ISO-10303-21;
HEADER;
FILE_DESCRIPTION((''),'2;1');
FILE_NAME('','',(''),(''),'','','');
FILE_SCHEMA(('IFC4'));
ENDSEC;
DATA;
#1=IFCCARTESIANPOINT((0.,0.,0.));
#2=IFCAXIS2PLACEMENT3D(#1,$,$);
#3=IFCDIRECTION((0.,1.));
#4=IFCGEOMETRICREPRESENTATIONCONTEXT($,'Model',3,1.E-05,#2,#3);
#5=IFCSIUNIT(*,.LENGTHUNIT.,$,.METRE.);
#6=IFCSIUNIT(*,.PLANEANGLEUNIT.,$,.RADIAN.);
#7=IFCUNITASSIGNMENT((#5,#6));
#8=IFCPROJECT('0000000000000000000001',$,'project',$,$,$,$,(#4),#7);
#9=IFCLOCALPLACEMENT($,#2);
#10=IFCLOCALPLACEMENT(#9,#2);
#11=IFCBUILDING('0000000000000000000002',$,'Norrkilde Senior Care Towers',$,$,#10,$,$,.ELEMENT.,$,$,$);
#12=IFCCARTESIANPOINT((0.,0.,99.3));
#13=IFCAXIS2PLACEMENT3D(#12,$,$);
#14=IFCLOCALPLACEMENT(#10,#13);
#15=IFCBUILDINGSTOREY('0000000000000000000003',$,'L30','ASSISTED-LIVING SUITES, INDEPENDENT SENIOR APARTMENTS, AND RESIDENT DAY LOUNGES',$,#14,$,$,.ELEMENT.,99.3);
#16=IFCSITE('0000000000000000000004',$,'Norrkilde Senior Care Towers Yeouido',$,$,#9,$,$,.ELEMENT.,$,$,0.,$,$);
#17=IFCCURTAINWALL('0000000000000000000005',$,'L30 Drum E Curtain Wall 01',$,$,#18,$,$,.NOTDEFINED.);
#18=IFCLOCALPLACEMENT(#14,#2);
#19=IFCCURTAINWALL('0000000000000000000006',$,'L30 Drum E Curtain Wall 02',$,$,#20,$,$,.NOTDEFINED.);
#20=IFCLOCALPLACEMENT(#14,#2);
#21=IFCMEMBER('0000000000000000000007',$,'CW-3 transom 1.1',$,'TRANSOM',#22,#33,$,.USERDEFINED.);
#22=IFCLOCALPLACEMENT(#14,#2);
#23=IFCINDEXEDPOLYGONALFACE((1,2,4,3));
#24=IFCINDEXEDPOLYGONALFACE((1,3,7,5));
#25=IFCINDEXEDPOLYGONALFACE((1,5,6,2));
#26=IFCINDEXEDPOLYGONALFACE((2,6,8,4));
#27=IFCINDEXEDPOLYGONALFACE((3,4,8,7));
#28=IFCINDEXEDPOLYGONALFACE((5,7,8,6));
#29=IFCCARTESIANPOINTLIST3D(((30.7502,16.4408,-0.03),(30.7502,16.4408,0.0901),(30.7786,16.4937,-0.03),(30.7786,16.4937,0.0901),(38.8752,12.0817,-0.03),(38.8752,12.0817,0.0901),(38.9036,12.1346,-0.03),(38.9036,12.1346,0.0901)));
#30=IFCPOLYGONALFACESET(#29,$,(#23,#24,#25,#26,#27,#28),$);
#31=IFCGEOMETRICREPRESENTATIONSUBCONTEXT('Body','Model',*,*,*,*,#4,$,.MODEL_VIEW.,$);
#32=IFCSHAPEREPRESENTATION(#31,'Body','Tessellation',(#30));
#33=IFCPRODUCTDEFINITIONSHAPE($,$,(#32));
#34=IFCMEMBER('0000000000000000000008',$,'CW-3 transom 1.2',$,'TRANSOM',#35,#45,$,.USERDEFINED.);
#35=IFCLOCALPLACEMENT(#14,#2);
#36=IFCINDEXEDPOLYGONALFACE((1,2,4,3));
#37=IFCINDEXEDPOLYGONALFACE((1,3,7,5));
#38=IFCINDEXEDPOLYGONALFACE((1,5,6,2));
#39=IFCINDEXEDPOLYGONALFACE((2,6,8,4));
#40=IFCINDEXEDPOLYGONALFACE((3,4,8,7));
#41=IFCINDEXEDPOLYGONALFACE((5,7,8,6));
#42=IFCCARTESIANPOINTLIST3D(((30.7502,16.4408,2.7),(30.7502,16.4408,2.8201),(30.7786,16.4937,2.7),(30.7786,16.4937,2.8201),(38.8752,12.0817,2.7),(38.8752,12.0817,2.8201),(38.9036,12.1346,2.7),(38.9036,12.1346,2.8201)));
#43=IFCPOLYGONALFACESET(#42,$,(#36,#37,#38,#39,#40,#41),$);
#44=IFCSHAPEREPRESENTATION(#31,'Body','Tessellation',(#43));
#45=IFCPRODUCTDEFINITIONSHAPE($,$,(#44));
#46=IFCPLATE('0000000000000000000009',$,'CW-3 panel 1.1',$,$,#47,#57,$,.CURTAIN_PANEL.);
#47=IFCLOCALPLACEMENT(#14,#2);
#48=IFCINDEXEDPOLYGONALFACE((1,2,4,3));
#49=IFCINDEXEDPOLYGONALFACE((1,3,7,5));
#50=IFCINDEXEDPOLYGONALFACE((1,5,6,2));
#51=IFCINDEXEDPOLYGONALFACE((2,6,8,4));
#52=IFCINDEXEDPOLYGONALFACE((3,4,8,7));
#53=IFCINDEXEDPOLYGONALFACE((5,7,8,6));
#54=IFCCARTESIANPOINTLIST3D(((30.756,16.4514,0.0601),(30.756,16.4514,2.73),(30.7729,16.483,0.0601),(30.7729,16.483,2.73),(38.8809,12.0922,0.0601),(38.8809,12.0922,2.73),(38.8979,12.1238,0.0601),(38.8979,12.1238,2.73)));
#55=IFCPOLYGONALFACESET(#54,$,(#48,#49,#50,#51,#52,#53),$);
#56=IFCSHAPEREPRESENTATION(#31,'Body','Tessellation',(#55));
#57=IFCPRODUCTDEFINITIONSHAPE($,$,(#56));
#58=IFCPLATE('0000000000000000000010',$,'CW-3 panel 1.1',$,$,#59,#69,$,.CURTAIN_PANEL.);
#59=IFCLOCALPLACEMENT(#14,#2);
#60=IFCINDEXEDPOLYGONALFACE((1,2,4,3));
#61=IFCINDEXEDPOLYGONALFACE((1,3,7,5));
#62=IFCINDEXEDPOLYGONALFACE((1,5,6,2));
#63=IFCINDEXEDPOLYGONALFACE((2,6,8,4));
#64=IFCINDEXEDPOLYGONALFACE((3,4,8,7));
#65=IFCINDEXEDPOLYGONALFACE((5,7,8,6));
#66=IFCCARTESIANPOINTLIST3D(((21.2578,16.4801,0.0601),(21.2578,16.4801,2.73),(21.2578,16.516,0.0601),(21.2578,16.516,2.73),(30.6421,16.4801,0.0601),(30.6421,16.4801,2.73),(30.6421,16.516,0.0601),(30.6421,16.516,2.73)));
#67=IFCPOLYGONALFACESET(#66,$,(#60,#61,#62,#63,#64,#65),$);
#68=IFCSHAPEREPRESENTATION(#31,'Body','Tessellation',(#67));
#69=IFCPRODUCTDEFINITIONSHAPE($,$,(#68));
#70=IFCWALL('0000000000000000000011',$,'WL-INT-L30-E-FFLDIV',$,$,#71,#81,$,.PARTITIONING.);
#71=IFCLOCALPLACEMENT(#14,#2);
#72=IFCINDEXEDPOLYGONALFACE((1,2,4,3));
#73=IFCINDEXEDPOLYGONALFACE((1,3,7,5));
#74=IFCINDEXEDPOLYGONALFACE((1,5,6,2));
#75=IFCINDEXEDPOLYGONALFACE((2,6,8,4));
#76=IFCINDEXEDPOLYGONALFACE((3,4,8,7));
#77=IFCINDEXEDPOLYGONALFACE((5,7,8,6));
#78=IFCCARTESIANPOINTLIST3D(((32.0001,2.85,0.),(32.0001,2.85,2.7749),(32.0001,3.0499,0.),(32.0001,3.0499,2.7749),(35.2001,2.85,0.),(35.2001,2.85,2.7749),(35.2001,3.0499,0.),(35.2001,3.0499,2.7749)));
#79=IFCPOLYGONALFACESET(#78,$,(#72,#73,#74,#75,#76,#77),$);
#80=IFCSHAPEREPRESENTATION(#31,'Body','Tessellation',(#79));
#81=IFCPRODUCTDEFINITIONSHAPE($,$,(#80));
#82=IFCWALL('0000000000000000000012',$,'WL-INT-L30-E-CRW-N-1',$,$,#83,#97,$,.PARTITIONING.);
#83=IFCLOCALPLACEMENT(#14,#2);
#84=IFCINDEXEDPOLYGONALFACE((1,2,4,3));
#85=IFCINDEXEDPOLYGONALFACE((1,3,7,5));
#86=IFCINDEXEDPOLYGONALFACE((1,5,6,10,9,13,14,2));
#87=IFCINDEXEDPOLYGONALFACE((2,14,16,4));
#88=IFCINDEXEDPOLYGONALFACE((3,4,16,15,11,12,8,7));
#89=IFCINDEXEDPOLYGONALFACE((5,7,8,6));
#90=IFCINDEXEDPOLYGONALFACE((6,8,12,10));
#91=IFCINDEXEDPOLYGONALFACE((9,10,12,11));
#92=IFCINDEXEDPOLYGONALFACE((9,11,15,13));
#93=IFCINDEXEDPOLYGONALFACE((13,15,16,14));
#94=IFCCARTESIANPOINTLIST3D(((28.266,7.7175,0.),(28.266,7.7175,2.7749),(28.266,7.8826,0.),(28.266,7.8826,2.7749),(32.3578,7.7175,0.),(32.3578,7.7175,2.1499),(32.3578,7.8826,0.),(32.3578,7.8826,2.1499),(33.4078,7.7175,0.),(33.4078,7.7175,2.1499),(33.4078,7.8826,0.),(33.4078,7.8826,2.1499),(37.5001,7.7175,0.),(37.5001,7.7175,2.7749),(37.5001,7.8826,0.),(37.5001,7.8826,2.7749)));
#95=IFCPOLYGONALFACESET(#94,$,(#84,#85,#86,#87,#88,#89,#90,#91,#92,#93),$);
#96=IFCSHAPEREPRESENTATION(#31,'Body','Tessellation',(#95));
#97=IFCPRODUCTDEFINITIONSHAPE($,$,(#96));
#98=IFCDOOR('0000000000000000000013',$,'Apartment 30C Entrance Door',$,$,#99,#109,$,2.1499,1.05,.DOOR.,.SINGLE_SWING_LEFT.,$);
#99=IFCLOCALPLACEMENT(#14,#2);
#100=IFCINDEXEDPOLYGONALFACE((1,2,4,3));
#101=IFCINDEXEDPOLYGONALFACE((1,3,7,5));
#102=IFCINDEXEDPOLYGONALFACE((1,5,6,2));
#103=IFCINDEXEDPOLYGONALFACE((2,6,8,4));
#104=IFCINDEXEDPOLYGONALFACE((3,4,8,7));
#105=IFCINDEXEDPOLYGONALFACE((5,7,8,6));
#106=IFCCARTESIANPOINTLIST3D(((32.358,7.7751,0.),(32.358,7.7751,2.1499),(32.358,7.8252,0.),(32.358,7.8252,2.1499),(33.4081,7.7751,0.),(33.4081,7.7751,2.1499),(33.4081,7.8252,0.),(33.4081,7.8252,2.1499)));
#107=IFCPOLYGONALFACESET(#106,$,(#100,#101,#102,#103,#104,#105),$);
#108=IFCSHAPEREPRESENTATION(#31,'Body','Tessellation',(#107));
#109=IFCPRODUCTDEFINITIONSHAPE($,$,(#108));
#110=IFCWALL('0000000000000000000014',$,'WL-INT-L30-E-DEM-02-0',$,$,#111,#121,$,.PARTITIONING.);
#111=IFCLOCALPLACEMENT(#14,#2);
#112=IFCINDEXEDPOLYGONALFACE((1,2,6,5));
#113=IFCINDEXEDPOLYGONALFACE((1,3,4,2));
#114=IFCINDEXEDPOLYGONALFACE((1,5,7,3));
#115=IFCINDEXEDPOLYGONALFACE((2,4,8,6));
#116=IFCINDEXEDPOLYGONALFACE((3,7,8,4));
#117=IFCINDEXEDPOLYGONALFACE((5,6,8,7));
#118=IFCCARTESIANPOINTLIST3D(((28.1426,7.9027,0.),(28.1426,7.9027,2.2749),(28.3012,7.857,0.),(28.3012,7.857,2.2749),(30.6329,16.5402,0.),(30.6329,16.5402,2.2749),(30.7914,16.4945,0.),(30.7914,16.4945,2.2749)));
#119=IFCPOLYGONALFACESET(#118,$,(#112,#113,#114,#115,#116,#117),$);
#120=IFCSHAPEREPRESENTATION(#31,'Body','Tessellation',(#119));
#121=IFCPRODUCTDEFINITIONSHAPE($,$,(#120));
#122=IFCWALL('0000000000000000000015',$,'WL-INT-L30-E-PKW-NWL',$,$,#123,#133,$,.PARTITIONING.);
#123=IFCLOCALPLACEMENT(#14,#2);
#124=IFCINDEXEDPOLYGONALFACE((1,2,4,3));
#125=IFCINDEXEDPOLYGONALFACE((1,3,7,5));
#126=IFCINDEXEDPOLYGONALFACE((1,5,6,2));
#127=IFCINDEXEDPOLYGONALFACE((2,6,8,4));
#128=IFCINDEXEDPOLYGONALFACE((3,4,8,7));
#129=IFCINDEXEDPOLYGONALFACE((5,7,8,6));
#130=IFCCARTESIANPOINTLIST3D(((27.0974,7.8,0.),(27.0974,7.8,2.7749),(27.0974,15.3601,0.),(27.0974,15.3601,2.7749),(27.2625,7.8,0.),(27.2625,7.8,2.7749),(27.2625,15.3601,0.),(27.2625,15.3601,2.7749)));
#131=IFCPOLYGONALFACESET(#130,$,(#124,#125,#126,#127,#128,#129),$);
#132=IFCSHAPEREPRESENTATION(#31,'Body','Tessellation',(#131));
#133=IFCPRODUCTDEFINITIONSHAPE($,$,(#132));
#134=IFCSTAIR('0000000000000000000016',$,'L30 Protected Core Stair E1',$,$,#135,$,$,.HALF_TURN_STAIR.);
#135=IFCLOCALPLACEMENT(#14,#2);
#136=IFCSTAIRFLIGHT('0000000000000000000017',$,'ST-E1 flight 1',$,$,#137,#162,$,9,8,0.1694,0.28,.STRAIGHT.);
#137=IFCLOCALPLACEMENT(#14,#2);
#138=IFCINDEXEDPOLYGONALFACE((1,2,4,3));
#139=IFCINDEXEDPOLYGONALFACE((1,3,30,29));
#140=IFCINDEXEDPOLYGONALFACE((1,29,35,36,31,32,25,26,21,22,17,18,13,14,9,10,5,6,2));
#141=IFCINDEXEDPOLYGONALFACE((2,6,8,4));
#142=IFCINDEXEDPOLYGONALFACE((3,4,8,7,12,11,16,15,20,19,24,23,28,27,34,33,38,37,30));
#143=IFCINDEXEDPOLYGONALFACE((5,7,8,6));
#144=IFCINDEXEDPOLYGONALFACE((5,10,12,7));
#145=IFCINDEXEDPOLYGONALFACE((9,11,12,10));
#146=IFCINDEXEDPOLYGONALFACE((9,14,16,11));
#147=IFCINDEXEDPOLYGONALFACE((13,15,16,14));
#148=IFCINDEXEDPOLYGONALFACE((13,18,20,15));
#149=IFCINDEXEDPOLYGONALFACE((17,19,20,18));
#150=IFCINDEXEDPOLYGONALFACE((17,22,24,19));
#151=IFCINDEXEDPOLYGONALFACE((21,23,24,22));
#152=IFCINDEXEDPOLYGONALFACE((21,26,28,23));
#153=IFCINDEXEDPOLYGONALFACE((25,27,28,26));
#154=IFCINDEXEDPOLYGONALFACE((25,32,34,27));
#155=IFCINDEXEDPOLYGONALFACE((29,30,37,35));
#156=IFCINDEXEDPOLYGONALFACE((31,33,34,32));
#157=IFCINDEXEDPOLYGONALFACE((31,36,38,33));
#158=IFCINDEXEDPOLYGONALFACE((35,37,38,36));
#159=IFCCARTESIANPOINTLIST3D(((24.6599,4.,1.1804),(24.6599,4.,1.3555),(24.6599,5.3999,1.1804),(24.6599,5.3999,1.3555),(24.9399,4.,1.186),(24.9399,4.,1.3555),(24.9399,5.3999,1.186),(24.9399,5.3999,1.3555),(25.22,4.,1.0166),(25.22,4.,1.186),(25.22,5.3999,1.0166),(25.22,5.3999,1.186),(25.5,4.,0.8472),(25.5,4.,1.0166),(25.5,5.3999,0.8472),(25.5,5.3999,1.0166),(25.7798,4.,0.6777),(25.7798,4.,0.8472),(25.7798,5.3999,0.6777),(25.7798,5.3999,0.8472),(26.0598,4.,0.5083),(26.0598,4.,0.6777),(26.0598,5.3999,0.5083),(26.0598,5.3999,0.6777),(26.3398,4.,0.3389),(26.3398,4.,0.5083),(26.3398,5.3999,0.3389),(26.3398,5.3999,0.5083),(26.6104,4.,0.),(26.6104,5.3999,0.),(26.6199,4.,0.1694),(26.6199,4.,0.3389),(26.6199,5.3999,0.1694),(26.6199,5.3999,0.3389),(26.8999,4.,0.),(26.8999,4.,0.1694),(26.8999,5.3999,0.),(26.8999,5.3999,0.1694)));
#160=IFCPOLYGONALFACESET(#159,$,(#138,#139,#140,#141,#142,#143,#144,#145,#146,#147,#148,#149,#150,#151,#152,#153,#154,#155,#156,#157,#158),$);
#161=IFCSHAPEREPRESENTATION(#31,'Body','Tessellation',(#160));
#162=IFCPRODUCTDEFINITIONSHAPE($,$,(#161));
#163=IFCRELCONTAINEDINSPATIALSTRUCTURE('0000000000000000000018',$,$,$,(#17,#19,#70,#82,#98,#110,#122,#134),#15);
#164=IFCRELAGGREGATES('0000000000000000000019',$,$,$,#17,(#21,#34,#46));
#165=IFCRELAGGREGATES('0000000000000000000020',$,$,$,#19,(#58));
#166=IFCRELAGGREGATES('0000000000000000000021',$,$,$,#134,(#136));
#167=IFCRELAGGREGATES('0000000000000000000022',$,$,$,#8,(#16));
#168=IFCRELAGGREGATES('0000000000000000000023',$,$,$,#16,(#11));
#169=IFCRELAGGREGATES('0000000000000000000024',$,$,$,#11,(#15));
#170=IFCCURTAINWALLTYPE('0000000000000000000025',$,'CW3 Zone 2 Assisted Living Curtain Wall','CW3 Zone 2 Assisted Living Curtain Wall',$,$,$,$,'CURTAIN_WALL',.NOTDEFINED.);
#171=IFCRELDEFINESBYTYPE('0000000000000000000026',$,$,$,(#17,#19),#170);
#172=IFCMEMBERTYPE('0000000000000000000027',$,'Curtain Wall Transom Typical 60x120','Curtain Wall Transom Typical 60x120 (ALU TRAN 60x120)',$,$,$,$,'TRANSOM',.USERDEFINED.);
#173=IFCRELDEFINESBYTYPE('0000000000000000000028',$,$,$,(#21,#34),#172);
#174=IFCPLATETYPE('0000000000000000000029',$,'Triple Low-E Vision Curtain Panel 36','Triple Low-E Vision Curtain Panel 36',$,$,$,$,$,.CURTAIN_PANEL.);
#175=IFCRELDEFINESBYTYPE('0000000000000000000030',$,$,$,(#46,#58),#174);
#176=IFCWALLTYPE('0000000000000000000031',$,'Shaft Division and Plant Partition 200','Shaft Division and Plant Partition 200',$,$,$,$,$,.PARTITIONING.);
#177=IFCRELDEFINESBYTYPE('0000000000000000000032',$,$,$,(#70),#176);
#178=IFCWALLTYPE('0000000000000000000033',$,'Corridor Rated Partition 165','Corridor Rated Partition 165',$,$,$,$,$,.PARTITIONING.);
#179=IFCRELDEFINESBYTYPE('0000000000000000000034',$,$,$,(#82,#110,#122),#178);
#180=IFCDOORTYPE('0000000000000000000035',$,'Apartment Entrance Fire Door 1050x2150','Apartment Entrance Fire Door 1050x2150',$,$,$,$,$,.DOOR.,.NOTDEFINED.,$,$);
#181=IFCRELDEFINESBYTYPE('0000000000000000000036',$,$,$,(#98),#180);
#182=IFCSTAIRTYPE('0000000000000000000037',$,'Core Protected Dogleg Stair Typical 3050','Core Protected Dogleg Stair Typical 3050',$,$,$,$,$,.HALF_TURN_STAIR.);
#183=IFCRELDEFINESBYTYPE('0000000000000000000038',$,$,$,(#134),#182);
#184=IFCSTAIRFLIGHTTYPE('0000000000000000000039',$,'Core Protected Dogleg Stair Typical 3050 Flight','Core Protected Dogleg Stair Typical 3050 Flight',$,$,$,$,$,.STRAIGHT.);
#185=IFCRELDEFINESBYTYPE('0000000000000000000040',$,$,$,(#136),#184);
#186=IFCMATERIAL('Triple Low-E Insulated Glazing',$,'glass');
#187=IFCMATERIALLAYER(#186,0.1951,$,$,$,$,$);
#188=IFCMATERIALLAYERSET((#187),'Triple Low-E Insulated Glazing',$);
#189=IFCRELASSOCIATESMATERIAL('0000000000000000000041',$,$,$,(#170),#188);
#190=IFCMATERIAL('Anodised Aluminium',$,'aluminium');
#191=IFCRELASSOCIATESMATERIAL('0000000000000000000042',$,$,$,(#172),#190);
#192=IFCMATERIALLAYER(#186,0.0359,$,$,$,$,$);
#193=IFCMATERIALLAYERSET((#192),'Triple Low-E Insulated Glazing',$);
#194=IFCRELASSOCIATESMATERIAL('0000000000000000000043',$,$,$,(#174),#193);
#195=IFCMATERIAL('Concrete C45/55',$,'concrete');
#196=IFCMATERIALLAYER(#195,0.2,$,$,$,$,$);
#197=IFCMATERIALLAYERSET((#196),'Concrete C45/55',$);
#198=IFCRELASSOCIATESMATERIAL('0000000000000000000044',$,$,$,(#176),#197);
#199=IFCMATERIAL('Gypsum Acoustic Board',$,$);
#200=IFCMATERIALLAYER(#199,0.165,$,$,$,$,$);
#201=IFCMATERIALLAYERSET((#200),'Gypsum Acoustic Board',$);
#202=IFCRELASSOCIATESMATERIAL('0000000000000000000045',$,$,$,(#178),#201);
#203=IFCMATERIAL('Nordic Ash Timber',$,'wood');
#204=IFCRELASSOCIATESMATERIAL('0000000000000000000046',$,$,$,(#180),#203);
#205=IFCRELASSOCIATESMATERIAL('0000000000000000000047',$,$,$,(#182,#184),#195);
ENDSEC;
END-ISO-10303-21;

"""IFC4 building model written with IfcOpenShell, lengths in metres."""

from ifc_helpers import new_model, si_unit, direction, frame, frame_2d, origin, origin_2d, place, context, subcontext, project, spatial, polyline, rectangle, outline, extrude, source, transform, mapped, material, layer, layer_set, material_profile, profile_set, type_object, type_shapes, element, fill, aggregate, save


model = new_model("IFC4")

# Units and contexts
model_context = context("Model", 3, precision=1e-05, world=origin(), true_north=direction((0.0, 1.0)))
body_context = subcontext(model_context, "Body", "Model", "MODEL_VIEW")
ifc_project = project(units=[si_unit("LENGTHUNIT", "METRE"), si_unit("PLANEANGLEUNIT", "RADIAN")], contexts=[model_context])

# Site, building, storey
site_placement = place(None, origin())
site = spatial("IfcSite", under=ifc_project, at=site_placement, Name="Norrkilde Senior Care Towers Yeouido", CompositionType="ELEMENT", RefElevation=0.0)
building_placement = place(site_placement, origin())
building = spatial("IfcBuilding", under=site, at=building_placement, Name="Norrkilde Senior Care Towers", CompositionType="ELEMENT")
storey_placement = place(building_placement, frame((0.0, 0.0, 99.3)))
storey = spatial("IfcBuildingStorey", under=building, at=storey_placement, Name="L30", Description="ASSISTED-LIVING SUITES, INDEPENDENT SENIOR APARTMENTS, AND RESIDENT DAY LOUNGES", CompositionType="ELEMENT", Elevation=99.3)

# Curtain walls
ifc_material_1 = material(Name="Triple Low-E Insulated Glazing", Category="glass")
ifc_layer_1 = layer(ifc_material_1, 0.1951)
ifc_layer_set_1 = layer_set([ifc_layer_1], Name="Triple Low-E Insulated Glazing")
curtain_wall_type = type_object("IfcCurtainWallType", Name="CW3 Zone 2 Assisted Living Curtain Wall", Description="CW3 Zone 2 Assisted Living Curtain Wall", ElementType="CURTAIN_WALL", PredefinedType="NOTDEFINED", material=ifc_layer_set_1)
curtain_wall_1_placement = place(storey_placement, origin())
curtain_wall_1 = element("IfcCurtainWall", 1, at=curtain_wall_1_placement, inside=storey, type_object=curtain_wall_type, Name="L30 Drum E Curtain Wall 01", PredefinedType="NOTDEFINED")
ifc_material_2 = material(Name="Anodised Aluminium", Category="aluminium")
curtain_wall_2_placement = place(storey_placement, origin())
curtain_wall_2 = element("IfcCurtainWall", 2, at=curtain_wall_2_placement, inside=storey, type_object=curtain_wall_type, Name="L30 Drum E Curtain Wall 02", PredefinedType="NOTDEFINED")

# Members
ifc_material_profile_1 = material_profile(ifc_material_2, rectangle(XDim=0.0601, YDim=0.1201, at=origin_2d()), Name="ALU TRAN 60x120")
ifc_profile_set_1 = profile_set([ifc_material_profile_1], Name="Anodised Aluminium")
member_type_1 = type_object("IfcMemberType", Name="Curtain Wall Transom Typical 60x120", Description="Curtain Wall Transom Typical 60x120 (ALU TRAN 60x120)", ElementType="TRANSOM", PredefinedType="USERDEFINED", material=ifc_profile_set_1)
shared_shape_1 = source(origin(), body_context, "Body", "SweptSolid", [
    extrude(rectangle(XDim=0.0601, YDim=0.1201, at=origin_2d()), origin(), (0.0, 0.0, 1.0), 9.2205),
])
type_shapes(member_type_1, [shared_shape_1])
member_1_placement = place(storey_placement, frame((30.7644, 16.4673, 0.03), z_axis=(0.881189, -0.472765, 0.0), x_axis=(0.472765, 0.881189, 0.0)))
member_1 = element("IfcMember", 3, at=member_1_placement, type_object=member_type_1, Name="CW-3 transom 1.1", ObjectType="TRANSOM", PredefinedType="USERDEFINED", context=body_context, shape_type="MappedRepresentation", body=[
    mapped(shared_shape_1, transform((0.0, 0.0, 0.0), x_axis=(1.0, 0.0, 0.0), y_axis=(0.0, 1.0, 0.0), z_axis=(0.0, 0.0, 1.0), scale=1.0)),
])
member_2_placement = place(storey_placement, frame((30.7644, 16.4673, 2.76), z_axis=(0.881189, -0.472765, 0.0), x_axis=(0.472765, 0.881189, 0.0)))
member_2 = element("IfcMember", 4, at=member_2_placement, type_object=member_type_1, Name="CW-3 transom 1.2", ObjectType="TRANSOM", PredefinedType="USERDEFINED", context=body_context, shape_type="MappedRepresentation", body=[
    mapped(shared_shape_1, transform((0.0, 0.0, 0.0), x_axis=(1.0, 0.0, 0.0), y_axis=(0.0, 1.0, 0.0), z_axis=(0.0, 0.0, 1.0), scale=1.0)),
])

# Plates
ifc_layer_2 = layer(ifc_material_1, 0.0359)
ifc_layer_set_2 = layer_set([ifc_layer_2], Name="Triple Low-E Insulated Glazing")
plate_type = type_object("IfcPlateType", Name="Triple Low-E Vision Curtain Panel 36", Description="Triple Low-E Vision Curtain Panel 36", PredefinedType="CURTAIN_PANEL", material=ifc_layer_set_2)
shared_shape_2 = source(origin(), body_context, "Body", "SweptSolid", [
    extrude(rectangle(XDim=9.2205, YDim=0.0359, at=origin_2d()), origin(), (0.0, 0.0, 1.0), 2.6699),
])
plate_1_placement = place(storey_placement, frame((34.8269, 14.2876, 0.0601), z_axis=(0.0, 0.0, 1.0), x_axis=(0.881186, -0.472769, 0.0)))
plate_1 = element("IfcPlate", 5, at=plate_1_placement, type_object=plate_type, Name="CW-3 panel 1.1", PredefinedType="CURTAIN_PANEL", context=body_context, shape_type="MappedRepresentation", body=[
    mapped(shared_shape_2, transform((0.0, 0.0, 0.0), x_axis=(1.0, 0.0, 0.0), y_axis=(0.0, 1.0, 0.0), z_axis=(0.0, 0.0, 1.0), scale=1.0)),
])
aggregate(curtain_wall_1, [member_1, member_2, plate_1])
shared_shape_3 = source(origin(), body_context, "Body", "SweptSolid", [
    extrude(rectangle(XDim=9.3843, YDim=0.0359, at=origin_2d()), origin(), (0.0, 0.0, 1.0), 2.6699),
])
type_shapes(plate_type, [shared_shape_2, shared_shape_3])
plate_2_placement = place(storey_placement, frame((25.95, 16.498, 0.0601), z_axis=(0.0, 0.0, 1.0), x_axis=(1.0, 0.0, 0.0)))
plate_2 = element("IfcPlate", 6, at=plate_2_placement, type_object=plate_type, Name="CW-3 panel 1.1", PredefinedType="CURTAIN_PANEL", context=body_context, shape_type="MappedRepresentation", body=[
    mapped(shared_shape_3, transform((0.0, 0.0, 0.0), x_axis=(1.0, 0.0, 0.0), y_axis=(0.0, 1.0, 0.0), z_axis=(0.0, 0.0, 1.0), scale=1.0)),
])
aggregate(curtain_wall_2, [plate_2])

# Wall
ifc_material_3 = material(Name="Concrete C45/55", Category="concrete")
ifc_layer_3 = layer(ifc_material_3, 0.2)
ifc_layer_set_3 = layer_set([ifc_layer_3], Name="Concrete C45/55")
wall_type_1 = type_object("IfcWallType", Name="Shaft Division and Plant Partition 200", Description="Shaft Division and Plant Partition 200", PredefinedType="PARTITIONING", material=ifc_layer_set_3)
shared_shape_4 = source(origin(), body_context, "Body", "SweptSolid", [
    extrude(rectangle(XDim=3.2, YDim=0.2, at=frame_2d((1.6001, 0.0))), origin(), (0.0, 0.0, 1.0), 2.7749),
])
type_shapes(wall_type_1, [shared_shape_4])
wall_1_placement = place(storey_placement, frame((32.0, 2.95, 0.0), z_axis=(0.0, 0.0, 1.0), x_axis=(1.0, 0.0, 0.0)))
element("IfcWall", 7, at=wall_1_placement, inside=storey, type_object=wall_type_1, Name="WL-INT-L30-E-FFLDIV", PredefinedType="PARTITIONING", context=body_context, shape_type="MappedRepresentation", body=[
    mapped(shared_shape_4, transform((0.0, 0.0, 0.0), x_axis=(1.0, 0.0, 0.0), y_axis=(0.0, 1.0, 0.0), z_axis=(0.0, 0.0, 1.0), scale=1.0)),
])

# Wall, opening, door
ifc_material_4 = material(Name="Gypsum Acoustic Board")
ifc_layer_4 = layer(ifc_material_4, 0.165)
ifc_layer_set_4 = layer_set([ifc_layer_4], Name="Gypsum Acoustic Board")
wall_type_2 = type_object("IfcWallType", Name="Corridor Rated Partition 165", Description="Corridor Rated Partition 165", PredefinedType="PARTITIONING", material=ifc_layer_set_4)
shared_shape_5 = source(origin(), body_context, "Body", "SweptSolid", [
    extrude(rectangle(XDim=9.2341, YDim=0.165, at=frame_2d((4.6172, 0.0))), origin(), (0.0, 0.0, 1.0), 2.7749),
])
wall_2_placement = place(storey_placement, frame((28.2659, 7.8, 0.0), z_axis=(0.0, 0.0, 1.0), x_axis=(1.0, 0.0, 0.0)))
wall_2 = element("IfcWall", 8, at=wall_2_placement, inside=storey, type_object=wall_type_2, Name="WL-INT-L30-E-CRW-N-1", PredefinedType="PARTITIONING", context=body_context, shape_type="MappedRepresentation", body=[
    mapped(shared_shape_5, transform((0.0, 0.0, 0.0), x_axis=(1.0, 0.0, 0.0), y_axis=(0.0, 1.0, 0.0), z_axis=(0.0, 0.0, 1.0), scale=1.0)),
])
opening_1_placement = place(wall_2_placement, frame((4.092, 0.0, 0.0)))
opening_1 = element("IfcOpeningElement", 9, at=opening_1_placement, cuts=wall_2, PredefinedType="OPENING", context=body_context, shape_type="SweptSolid", body=[
    extrude(rectangle(XDim=1.05, YDim=2.1499, at=frame_2d((0.5249, 1.075))), frame((0.0, 0.0925, 0.0), z_axis=(0.0, -1.0, 0.0), x_axis=(1.0, 0.0, 0.0)), (0.0, 0.0, 1.0), 0.1851),
])
ifc_material_5 = material(Name="Nordic Ash Timber", Category="wood")
door_type_1 = type_object("IfcDoorType", Name="Apartment Entrance Fire Door 1050x2150", Description="Apartment Entrance Fire Door 1050x2150", OperationType="NOTDEFINED", PredefinedType="DOOR", material=ifc_material_5)
shared_shape_6 = source(origin(), body_context, "Body", "SweptSolid", [
    extrude(rectangle(XDim=1.05, YDim=2.1499, at=frame_2d((0.5249, 1.075))), frame((0.0, 0.0249, 0.0), z_axis=(0.0, -1.0, 0.0), x_axis=(1.0, 0.0, 0.0)), (0.0, 0.0, 1.0), 0.05),
])
type_shapes(door_type_1, [shared_shape_6])
door_1_placement = place(opening_1_placement, frame((1.05, 0.0, 0.0), z_axis=(0.0, 0.0, 1.0), x_axis=(-1.0, 0.0, 0.0)))
door_1 = element("IfcDoor", 10, at=door_1_placement, inside=storey, type_object=door_type_1, Name="Apartment 30C Entrance Door", OperationType="SINGLE_SWING_LEFT", OverallHeight=2.1499, OverallWidth=1.05, PredefinedType="DOOR", context=body_context, shape_type="MappedRepresentation", body=[
    mapped(shared_shape_6, transform((0.0, 0.0, 0.0), x_axis=(1.0, 0.0, 0.0), y_axis=(0.0, 1.0, 0.0), z_axis=(0.0, 0.0, 1.0), scale=1.0)),
])
fill(opening_1, door_1)

# Walls
shared_shape_7 = source(origin(), body_context, "Body", "SweptSolid", [
    extrude(rectangle(XDim=8.9893, YDim=0.165, at=frame_2d((4.4946, 0.0))), origin(), (0.0, 0.0, 1.0), 2.2749),
])
wall_3_placement = place(storey_placement, frame((28.2219, 7.8799, 0.0), z_axis=(0.0, 0.0, 1.0), x_axis=(0.277023, 0.960863, 0.0)))
element("IfcWall", 11, at=wall_3_placement, inside=storey, type_object=wall_type_2, Name="WL-INT-L30-E-DEM-02-0", PredefinedType="PARTITIONING", context=body_context, shape_type="MappedRepresentation", body=[
    mapped(shared_shape_7, transform((0.0, 0.0, 0.0), x_axis=(1.0, 0.0, 0.0), y_axis=(0.0, 1.0, 0.0), z_axis=(0.0, 0.0, 1.0), scale=1.0)),
])
shared_shape_8 = source(origin(), body_context, "Body", "SweptSolid", [
    extrude(rectangle(XDim=7.5601, YDim=0.165, at=frame_2d((3.78, 0.0))), origin(), (0.0, 0.0, 1.0), 2.7749),
])
type_shapes(wall_type_2, [shared_shape_5, shared_shape_7, shared_shape_8])
wall_4_placement = place(storey_placement, frame((27.1799, 7.8, 0.0), z_axis=(0.0, 0.0, 1.0), x_axis=(0.0, 1.0, 0.0)))
element("IfcWall", 12, at=wall_4_placement, inside=storey, type_object=wall_type_2, Name="WL-INT-L30-E-PKW-NWL", PredefinedType="PARTITIONING", context=body_context, shape_type="MappedRepresentation", body=[
    mapped(shared_shape_8, transform((0.0, 0.0, 0.0), x_axis=(1.0, 0.0, 0.0), y_axis=(0.0, 1.0, 0.0), z_axis=(0.0, 0.0, 1.0), scale=1.0)),
])

# Stair, stair flight
stair_type = type_object("IfcStairType", Name="Core Protected Dogleg Stair Typical 3050", Description="Core Protected Dogleg Stair Typical 3050", PredefinedType="HALF_TURN_STAIR", material=ifc_material_3)
stair_placement = place(storey_placement, origin())
stair = element("IfcStair", 13, at=stair_placement, inside=storey, type_object=stair_type, Name="L30 Protected Core Stair E1", PredefinedType="HALF_TURN_STAIR")
stair_flight_type = type_object("IfcStairFlightType", Name="Core Protected Dogleg Stair Typical 3050 Flight", Description="Core Protected Dogleg Stair Typical 3050 Flight", PredefinedType="STRAIGHT", material=ifc_material_3)
stair_flight_1_placement = place(storey_placement, frame((26.8999, 4.7, 0.0), z_axis=(0.0, 0.0, 1.0), x_axis=(-1.0, 0.0, 0.0)))
stair_flight_1 = element("IfcStairFlight", 14, at=stair_flight_1_placement, type_object=stair_flight_type, Name="ST-E1 flight 1", NumberOfRisers=9, NumberOfTreads=8, PredefinedType="STRAIGHT", RiserHeight=0.1694, TreadLength=0.28, context=body_context, shape_type="SweptSolid", body=[
    extrude(outline(polyline([(0.0, 0.0), (0.0, 0.1694), (0.28, 0.1694), (0.28, 0.3389), (0.5601, 0.3389), (0.5601, 0.5083), (0.8401, 0.5083), (0.8401, 0.6777), (1.1201, 0.6777), (1.1201, 0.8472), (1.3999, 0.8472), (1.3999, 1.0166), (1.6799, 1.0166), (1.6799, 1.186), (1.96, 1.186), (1.96, 1.3555), (2.24, 1.3555), (2.24, 1.5249), (2.24, 1.1804), (0.2896, 0.0), (0.0, 0.0)])), frame((0.0, 0.7, 0.0), z_axis=(0.0, -1.0, 0.0), x_axis=(1.0, 0.0, 0.0)), (0.0, 0.0, 1.0), 1.3999),
])
aggregate(stair, [stair_flight_1])

save(model, "model.ifc")
